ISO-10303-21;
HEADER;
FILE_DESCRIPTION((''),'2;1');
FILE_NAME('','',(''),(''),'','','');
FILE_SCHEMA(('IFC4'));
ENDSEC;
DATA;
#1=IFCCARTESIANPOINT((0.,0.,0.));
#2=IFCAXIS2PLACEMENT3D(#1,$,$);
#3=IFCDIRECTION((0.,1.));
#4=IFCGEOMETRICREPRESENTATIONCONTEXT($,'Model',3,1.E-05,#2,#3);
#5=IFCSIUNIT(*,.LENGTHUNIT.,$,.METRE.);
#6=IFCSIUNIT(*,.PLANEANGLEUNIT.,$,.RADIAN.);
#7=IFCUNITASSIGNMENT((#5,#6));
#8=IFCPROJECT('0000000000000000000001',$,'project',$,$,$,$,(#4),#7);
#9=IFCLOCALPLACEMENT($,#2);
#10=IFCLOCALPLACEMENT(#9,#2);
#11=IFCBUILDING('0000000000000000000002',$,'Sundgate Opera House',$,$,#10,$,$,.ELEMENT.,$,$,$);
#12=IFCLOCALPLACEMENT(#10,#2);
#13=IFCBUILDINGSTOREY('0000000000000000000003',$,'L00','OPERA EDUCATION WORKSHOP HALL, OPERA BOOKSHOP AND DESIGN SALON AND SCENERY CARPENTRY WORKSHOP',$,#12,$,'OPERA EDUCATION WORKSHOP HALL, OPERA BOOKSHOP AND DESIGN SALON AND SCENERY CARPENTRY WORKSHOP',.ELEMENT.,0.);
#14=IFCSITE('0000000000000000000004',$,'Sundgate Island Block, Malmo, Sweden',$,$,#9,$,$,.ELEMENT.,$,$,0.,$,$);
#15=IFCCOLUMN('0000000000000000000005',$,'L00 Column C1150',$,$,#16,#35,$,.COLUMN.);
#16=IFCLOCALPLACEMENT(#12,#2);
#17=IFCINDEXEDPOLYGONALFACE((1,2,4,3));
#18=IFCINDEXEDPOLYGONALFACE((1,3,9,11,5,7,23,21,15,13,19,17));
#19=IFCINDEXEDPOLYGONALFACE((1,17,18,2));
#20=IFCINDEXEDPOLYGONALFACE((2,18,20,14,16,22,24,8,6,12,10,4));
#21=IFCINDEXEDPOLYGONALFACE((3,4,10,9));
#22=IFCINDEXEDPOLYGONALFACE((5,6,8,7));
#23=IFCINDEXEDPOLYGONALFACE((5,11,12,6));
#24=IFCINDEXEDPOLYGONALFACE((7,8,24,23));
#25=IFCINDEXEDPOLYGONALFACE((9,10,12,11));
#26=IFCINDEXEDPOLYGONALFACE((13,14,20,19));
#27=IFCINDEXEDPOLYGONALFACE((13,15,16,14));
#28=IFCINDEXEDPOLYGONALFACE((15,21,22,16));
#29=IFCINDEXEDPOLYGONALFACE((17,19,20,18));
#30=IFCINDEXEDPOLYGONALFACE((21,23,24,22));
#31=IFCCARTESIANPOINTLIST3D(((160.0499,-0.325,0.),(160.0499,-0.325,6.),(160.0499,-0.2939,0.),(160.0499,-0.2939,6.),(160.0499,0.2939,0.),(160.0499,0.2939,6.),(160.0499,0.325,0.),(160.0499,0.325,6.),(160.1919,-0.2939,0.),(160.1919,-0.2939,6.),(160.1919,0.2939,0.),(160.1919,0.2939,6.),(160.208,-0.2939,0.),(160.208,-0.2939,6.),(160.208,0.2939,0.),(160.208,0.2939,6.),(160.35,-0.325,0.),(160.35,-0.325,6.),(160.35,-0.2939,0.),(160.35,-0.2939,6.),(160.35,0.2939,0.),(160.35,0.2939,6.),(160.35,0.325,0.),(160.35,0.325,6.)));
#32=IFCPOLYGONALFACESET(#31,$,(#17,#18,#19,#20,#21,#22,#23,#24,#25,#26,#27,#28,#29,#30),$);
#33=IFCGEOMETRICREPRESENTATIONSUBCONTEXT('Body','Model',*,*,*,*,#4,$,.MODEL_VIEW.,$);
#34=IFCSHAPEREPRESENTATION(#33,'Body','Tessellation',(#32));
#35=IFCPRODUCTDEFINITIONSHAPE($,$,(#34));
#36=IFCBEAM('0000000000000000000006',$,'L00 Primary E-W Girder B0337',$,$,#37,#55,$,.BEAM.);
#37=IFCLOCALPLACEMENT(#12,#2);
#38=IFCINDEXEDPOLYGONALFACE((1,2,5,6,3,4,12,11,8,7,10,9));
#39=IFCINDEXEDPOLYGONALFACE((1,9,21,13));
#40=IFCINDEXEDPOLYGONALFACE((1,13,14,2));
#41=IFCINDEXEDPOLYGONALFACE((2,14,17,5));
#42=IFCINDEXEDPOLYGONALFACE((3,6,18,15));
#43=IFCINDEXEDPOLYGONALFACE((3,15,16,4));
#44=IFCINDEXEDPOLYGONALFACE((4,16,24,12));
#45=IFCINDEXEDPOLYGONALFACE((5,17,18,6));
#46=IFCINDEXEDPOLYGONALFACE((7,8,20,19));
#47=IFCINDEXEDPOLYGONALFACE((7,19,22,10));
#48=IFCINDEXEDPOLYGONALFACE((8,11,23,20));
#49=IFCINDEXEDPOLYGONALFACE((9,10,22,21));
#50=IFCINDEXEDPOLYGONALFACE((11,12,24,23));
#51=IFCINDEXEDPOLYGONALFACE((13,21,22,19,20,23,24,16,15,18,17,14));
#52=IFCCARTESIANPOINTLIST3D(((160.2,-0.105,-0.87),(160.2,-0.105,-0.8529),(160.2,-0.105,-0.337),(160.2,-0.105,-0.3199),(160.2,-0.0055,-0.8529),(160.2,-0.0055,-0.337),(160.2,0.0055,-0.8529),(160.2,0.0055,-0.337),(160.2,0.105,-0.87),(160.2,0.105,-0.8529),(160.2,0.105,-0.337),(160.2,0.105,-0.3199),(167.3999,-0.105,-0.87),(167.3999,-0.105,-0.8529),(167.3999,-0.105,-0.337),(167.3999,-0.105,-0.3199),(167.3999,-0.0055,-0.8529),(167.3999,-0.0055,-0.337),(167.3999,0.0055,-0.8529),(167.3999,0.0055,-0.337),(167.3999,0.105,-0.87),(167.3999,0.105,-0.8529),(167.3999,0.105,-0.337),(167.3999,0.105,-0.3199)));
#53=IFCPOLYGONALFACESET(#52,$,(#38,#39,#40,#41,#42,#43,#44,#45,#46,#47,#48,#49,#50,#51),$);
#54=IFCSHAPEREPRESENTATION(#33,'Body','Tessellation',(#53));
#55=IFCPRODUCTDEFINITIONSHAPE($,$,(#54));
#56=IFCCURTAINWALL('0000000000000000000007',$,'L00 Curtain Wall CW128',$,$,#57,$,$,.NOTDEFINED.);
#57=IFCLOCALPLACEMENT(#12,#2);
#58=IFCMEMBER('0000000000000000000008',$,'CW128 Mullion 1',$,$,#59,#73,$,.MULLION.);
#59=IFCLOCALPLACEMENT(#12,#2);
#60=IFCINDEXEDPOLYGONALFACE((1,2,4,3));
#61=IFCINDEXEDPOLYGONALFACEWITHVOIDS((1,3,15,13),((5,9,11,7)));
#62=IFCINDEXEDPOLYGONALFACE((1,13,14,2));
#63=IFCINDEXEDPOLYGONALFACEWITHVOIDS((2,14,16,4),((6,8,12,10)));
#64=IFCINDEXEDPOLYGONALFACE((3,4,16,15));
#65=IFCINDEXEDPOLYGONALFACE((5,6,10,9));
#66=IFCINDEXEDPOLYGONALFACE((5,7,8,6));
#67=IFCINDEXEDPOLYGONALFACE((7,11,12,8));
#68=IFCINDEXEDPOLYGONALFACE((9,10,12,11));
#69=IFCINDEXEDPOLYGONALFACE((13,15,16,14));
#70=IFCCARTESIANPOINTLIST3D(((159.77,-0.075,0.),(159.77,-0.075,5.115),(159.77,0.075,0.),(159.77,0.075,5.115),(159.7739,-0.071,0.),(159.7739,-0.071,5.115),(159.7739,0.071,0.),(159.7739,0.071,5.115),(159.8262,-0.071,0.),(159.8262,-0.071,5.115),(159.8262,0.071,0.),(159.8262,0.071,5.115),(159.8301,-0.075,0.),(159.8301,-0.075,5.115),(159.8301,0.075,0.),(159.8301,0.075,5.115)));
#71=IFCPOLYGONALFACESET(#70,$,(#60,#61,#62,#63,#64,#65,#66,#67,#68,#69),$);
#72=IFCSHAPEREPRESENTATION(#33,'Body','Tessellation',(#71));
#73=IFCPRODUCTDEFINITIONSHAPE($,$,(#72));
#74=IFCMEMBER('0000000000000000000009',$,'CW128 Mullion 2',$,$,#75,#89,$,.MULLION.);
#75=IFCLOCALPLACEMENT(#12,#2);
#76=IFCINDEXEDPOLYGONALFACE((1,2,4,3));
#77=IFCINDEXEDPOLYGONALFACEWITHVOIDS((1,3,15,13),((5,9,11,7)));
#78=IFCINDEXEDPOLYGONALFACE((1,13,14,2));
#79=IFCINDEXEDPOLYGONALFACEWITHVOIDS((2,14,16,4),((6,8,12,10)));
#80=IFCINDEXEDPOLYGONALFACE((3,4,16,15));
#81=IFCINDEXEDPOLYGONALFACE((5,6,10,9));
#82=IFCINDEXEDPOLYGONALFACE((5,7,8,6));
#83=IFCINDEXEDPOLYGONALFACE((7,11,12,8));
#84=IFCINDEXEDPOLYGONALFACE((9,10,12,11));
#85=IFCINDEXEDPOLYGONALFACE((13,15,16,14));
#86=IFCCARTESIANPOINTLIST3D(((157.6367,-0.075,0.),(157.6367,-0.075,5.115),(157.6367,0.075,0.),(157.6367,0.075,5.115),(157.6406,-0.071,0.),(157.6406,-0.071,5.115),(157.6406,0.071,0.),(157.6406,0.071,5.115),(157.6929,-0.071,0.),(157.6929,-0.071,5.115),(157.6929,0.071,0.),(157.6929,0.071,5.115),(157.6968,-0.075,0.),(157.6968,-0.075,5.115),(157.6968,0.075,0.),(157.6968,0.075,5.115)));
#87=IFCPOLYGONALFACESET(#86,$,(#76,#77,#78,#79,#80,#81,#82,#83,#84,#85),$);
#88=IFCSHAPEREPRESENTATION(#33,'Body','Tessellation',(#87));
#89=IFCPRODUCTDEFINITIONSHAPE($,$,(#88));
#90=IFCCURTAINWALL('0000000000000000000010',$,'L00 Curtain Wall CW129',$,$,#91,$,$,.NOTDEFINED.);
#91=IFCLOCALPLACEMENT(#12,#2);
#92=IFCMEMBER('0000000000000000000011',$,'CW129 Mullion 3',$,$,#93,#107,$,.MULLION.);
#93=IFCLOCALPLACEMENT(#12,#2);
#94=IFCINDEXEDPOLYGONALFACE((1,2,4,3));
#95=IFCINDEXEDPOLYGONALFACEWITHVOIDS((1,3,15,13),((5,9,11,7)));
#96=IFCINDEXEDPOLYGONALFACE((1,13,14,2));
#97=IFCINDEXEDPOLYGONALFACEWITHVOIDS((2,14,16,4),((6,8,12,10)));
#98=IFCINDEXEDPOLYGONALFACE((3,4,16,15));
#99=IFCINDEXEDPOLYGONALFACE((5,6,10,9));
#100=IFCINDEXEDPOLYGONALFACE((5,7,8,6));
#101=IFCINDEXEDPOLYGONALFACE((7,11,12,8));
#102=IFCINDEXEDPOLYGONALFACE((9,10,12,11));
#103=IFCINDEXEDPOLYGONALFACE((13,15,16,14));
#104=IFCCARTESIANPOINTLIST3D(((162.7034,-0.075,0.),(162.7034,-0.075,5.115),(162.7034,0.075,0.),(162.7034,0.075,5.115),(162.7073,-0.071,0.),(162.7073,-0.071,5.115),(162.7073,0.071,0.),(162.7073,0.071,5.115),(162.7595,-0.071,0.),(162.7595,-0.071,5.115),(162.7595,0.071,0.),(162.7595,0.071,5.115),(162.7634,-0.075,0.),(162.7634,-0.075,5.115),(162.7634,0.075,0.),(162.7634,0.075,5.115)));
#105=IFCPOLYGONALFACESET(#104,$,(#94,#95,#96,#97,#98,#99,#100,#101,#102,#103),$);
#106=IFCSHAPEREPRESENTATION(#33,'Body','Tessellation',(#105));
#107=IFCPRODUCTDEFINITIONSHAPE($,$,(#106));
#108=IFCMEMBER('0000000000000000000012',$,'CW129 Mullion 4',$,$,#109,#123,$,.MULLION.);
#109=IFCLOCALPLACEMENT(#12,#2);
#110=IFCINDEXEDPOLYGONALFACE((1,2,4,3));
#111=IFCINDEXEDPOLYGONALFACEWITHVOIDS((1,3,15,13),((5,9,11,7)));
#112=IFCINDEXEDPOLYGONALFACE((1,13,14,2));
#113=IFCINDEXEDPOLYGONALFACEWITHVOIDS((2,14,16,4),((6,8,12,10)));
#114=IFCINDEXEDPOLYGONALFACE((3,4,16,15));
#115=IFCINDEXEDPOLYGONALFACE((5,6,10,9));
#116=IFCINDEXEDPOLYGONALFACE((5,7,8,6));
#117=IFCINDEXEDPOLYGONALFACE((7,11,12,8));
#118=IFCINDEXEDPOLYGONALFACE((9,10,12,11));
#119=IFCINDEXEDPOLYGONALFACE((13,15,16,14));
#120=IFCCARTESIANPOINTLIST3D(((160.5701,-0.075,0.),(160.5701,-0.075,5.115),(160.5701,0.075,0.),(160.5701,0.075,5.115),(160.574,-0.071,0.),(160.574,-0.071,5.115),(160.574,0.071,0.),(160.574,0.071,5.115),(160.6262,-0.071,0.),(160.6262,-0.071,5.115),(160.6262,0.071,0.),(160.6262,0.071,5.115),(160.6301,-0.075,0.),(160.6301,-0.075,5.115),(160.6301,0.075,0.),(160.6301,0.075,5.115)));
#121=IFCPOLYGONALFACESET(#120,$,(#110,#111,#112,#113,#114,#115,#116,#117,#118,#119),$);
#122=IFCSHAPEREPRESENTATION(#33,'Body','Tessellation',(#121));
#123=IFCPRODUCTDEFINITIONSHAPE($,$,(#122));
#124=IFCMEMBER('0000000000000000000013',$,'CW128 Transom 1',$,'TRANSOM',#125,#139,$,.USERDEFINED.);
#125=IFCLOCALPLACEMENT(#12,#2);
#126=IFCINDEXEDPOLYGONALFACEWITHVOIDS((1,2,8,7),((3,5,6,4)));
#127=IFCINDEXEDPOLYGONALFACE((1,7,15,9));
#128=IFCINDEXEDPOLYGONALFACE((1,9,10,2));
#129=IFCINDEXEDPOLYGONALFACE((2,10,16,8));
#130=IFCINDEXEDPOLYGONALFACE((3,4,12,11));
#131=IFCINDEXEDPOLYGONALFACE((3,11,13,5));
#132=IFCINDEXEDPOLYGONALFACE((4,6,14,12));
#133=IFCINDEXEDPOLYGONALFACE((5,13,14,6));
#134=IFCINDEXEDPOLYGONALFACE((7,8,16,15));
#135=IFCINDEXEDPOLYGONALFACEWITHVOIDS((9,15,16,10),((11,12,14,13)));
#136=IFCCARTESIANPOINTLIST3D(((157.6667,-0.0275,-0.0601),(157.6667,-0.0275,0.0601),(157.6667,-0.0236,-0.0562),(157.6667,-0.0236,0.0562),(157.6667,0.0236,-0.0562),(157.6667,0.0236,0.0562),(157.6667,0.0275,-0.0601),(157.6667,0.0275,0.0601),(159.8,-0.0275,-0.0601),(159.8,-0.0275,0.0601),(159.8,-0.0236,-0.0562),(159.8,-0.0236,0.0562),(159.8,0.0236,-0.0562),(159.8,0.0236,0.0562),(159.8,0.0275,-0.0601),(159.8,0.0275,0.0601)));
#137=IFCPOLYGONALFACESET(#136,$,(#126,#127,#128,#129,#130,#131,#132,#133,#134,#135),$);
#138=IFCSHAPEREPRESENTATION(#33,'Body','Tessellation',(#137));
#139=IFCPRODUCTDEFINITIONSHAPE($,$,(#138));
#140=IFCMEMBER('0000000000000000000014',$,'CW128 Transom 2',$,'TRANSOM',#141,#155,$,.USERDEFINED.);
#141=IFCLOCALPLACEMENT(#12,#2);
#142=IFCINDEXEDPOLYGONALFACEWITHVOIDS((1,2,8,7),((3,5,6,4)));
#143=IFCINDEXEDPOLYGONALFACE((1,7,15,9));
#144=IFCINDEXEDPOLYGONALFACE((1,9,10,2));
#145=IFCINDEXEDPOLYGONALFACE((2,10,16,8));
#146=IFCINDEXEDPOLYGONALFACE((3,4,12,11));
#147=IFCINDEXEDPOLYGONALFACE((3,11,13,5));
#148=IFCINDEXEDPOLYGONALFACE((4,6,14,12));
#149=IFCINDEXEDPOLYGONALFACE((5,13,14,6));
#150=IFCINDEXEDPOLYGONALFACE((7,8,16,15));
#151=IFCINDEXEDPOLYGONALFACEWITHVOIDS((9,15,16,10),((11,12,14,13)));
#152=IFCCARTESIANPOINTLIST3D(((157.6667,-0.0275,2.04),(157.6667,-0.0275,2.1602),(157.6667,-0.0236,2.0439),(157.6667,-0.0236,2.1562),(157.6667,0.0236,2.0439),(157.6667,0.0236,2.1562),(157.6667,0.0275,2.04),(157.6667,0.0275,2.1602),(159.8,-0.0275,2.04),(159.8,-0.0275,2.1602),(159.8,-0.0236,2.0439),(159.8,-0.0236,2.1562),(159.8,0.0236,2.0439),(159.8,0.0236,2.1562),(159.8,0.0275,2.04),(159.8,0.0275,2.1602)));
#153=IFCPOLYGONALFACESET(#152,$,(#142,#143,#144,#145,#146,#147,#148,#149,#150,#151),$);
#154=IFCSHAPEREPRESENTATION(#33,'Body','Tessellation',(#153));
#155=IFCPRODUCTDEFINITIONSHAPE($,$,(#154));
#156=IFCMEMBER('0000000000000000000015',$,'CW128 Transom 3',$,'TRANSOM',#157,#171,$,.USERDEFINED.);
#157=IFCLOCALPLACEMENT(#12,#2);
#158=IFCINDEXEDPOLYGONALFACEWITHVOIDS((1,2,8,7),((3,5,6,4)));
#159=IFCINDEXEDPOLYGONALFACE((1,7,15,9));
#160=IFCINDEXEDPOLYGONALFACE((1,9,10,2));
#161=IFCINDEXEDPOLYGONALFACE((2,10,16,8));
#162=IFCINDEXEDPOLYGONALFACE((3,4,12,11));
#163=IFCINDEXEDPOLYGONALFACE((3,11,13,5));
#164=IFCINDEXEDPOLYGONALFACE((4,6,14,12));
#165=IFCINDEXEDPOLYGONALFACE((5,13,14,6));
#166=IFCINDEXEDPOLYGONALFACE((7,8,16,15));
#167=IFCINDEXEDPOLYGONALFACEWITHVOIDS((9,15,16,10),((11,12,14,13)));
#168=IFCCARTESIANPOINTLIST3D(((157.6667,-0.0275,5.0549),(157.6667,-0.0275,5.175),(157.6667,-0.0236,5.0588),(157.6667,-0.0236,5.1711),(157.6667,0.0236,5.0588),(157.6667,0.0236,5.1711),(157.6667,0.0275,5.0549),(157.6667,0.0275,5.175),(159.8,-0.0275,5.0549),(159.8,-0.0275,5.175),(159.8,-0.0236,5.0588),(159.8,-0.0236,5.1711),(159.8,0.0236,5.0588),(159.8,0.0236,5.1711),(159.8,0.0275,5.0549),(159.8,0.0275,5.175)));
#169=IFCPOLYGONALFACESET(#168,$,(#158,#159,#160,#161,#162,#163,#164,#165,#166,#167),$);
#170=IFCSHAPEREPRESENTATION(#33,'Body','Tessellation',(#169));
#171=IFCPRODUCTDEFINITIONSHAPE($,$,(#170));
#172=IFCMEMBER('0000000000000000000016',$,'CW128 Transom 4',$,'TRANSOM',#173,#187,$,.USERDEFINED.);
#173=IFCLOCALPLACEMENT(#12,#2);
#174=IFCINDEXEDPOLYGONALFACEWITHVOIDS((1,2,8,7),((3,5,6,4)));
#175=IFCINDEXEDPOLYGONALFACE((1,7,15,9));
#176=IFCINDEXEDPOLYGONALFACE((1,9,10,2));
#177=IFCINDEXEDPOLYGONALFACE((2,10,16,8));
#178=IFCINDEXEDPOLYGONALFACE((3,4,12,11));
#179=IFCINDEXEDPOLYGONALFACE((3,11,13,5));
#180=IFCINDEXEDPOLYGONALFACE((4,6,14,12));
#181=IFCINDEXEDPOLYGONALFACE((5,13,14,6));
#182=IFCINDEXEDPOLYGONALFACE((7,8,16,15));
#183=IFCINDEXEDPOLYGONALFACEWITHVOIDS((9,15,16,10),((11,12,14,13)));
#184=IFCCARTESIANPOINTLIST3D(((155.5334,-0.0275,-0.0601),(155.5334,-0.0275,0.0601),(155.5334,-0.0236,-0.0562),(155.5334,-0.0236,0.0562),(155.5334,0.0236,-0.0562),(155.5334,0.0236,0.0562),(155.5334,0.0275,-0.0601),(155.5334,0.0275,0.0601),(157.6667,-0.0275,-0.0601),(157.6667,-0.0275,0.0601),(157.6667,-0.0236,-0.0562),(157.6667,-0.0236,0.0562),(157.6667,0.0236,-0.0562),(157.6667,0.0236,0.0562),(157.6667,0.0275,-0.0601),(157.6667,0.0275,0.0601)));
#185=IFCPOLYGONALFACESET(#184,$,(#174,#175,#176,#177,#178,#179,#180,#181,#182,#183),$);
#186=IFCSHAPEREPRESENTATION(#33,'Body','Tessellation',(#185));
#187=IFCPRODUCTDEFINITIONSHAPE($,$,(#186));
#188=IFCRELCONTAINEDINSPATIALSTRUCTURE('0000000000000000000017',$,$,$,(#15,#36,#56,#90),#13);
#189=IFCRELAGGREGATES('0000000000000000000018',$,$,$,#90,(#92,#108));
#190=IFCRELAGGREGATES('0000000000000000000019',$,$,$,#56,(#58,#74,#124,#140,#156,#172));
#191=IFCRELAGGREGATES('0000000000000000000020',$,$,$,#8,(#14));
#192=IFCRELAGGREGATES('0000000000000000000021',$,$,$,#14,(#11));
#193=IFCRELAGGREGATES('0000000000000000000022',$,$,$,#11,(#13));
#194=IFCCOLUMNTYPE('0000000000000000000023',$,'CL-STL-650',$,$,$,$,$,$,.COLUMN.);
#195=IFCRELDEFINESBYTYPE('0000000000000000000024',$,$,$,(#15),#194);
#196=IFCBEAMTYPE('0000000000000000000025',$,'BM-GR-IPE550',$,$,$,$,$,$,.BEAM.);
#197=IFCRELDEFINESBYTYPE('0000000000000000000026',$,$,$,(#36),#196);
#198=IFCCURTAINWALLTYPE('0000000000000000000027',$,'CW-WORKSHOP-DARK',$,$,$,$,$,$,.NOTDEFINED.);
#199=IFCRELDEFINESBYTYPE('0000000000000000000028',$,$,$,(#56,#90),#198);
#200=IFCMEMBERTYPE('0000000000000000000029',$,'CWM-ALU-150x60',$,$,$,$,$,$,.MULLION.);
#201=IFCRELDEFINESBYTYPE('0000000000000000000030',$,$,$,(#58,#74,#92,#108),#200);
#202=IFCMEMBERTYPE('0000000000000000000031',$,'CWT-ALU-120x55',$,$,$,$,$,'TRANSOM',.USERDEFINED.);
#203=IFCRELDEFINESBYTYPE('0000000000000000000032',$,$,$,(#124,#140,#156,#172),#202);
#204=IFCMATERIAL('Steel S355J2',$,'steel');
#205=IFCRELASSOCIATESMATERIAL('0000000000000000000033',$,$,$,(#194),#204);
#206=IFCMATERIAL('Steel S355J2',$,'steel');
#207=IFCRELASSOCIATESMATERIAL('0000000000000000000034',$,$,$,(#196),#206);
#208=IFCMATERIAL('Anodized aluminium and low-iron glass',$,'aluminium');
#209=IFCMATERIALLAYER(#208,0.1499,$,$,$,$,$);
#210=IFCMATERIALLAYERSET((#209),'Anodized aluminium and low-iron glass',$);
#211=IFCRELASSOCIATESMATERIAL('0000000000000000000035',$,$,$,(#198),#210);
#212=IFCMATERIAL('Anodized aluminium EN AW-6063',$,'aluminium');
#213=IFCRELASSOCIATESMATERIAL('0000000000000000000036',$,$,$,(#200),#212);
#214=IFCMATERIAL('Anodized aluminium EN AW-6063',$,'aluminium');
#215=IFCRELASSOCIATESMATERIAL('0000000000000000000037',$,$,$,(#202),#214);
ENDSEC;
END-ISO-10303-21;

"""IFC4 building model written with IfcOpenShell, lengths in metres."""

from ifc_helpers import new_model, si_unit, direction, frame, origin, origin_2d, place, context, subcontext, project, spatial, hollow_rectangle, i_section, extrude, material, layer, layer_set, material_profile, profile_set, type_object, element, aggregate, save


model = new_model("IFC4")

# Units and contexts
model_context = context("Model", 3, precision=1e-05, world=origin(), true_north=direction((0.0, 1.0)))
body_context = subcontext(model_context, "Body", "Model", "MODEL_VIEW")
ifc_project = project(units=[si_unit("LENGTHUNIT", "METRE"), si_unit("PLANEANGLEUNIT", "RADIAN")], contexts=[model_context])

# Site, building, storey
site_placement = place(None, origin())
site = spatial("IfcSite", under=ifc_project, at=site_placement, Name="Sundgate Island Block, Malmo, Sweden", CompositionType="ELEMENT", RefElevation=0.0)
building_placement = place(site_placement, origin())
building = spatial("IfcBuilding", under=site, at=building_placement, Name="Sundgate Opera House", CompositionType="ELEMENT")
storey_placement = place(building_placement, origin())
storey = spatial("IfcBuildingStorey", under=building, at=storey_placement, Name="L00", Description="OPERA EDUCATION WORKSHOP HALL, OPERA BOOKSHOP AND DESIGN SALON AND SCENERY CARPENTRY WORKSHOP", LongName="OPERA EDUCATION WORKSHOP HALL, OPERA BOOKSHOP AND DESIGN SALON AND SCENERY CARPENTRY WORKSHOP", CompositionType="ELEMENT", Elevation=0.0)

# Column
ifc_material_1 = material(Name="Steel S355J2", Category="steel")
ifc_material_profile_1 = material_profile(ifc_material_1, i_section(OverallWidth=0.3, OverallDepth=0.6499, WebThickness=0.0161, FlangeThickness=0.031, at=origin_2d()), Name="HEB 650")
ifc_profile_set_1 = profile_set([ifc_material_profile_1], Name="Steel S355J2")
column_type = type_object("IfcColumnType", Name="CL-STL-650", PredefinedType="COLUMN", material=ifc_profile_set_1)
column_placement = place(storey_placement, frame((160.2, 0.0, 0.0), z_axis=(0.0, 0.0, 1.0), x_axis=(1.0, 0.0, 0.0)))
element("IfcColumn", 1, at=column_placement, inside=storey, type_object=column_type, Name="L00 Column C1150", PredefinedType="COLUMN", context=body_context, shape_type="SweptSolid", body=[
    extrude(i_section(OverallWidth=0.3, OverallDepth=0.6499, WebThickness=0.0161, FlangeThickness=0.031, at=origin_2d()), origin(), (0.0, 0.0, 1.0), 6.0),
])

# Beam
ifc_material_2 = material(Name="Steel S355J2", Category="steel")
ifc_material_profile_2 = material_profile(ifc_material_2, i_section(OverallWidth=0.21, OverallDepth=0.55, WebThickness=0.011, FlangeThickness=0.0171, at=origin_2d()), Name="IPE 550")
ifc_profile_set_2 = profile_set([ifc_material_profile_2], Name="Steel S355J2")
beam_type = type_object("IfcBeamType", Name="BM-GR-IPE550", PredefinedType="BEAM", material=ifc_profile_set_2)
beam_placement = place(storey_placement, frame((160.2, 0.0, -0.595), z_axis=(1.0, 0.0, 0.0), x_axis=(0.0, 1.0, 0.0)))
element("IfcBeam", 2, at=beam_placement, inside=storey, type_object=beam_type, Name="L00 Primary E-W Girder B0337", PredefinedType="BEAM", context=body_context, shape_type="SweptSolid", body=[
    extrude(i_section(OverallWidth=0.21, OverallDepth=0.55, WebThickness=0.011, FlangeThickness=0.0171, at=origin_2d()), origin(), (0.0, 0.0, 1.0), 7.2),
])

# Curtain walls, members
ifc_material_3 = material(Name="Anodized aluminium and low-iron glass", Category="aluminium")
ifc_layer_1 = layer(ifc_material_3, 0.1499)
ifc_layer_set_1 = layer_set([ifc_layer_1], Name="Anodized aluminium and low-iron glass")
curtain_wall_type = type_object("IfcCurtainWallType", Name="CW-WORKSHOP-DARK", PredefinedType="NOTDEFINED", material=ifc_layer_set_1)
curtain_wall_1_placement = place(storey_placement, origin())
curtain_wall_1 = element("IfcCurtainWall", 3, at=curtain_wall_1_placement, inside=storey, type_object=curtain_wall_type, Name="L00 Curtain Wall CW128", PredefinedType="NOTDEFINED")
ifc_material_4 = material(Name="Anodized aluminium EN AW-6063", Category="aluminium")
ifc_material_profile_3 = material_profile(ifc_material_4, hollow_rectangle(XDim=0.0601, YDim=0.1499, WallThickness=0.0039, at=origin_2d()), Name="CWM 150x60x4")
ifc_profile_set_3 = profile_set([ifc_material_profile_3], Name="Anodized aluminium EN AW-6063")
member_type_1 = type_object("IfcMemberType", Name="CWM-ALU-150x60", PredefinedType="MULLION", material=ifc_profile_set_3)
member_1_placement = place(storey_placement, frame((159.8, 0.0, 0.0), z_axis=(0.0, 0.0, 1.0), x_axis=(1.0, 0.0, 0.0)))
member_1 = element("IfcMember", 4, at=member_1_placement, type_object=member_type_1, Name="CW128 Mullion 1", PredefinedType="MULLION", context=body_context, shape_type="SweptSolid", body=[
    extrude(hollow_rectangle(XDim=0.0601, YDim=0.1499, WallThickness=0.0039, at=origin_2d()), origin(), (0.0, 0.0, 1.0), 5.115),
])
member_2_placement = place(storey_placement, frame((157.6667, 0.0, 0.0), z_axis=(0.0, 0.0, 1.0), x_axis=(1.0, 0.0, 0.0)))
member_2 = element("IfcMember", 5, at=member_2_placement, type_object=member_type_1, Name="CW128 Mullion 2", PredefinedType="MULLION", context=body_context, shape_type="SweptSolid", body=[
    extrude(hollow_rectangle(XDim=0.0601, YDim=0.1499, WallThickness=0.0039, at=origin_2d()), origin(), (0.0, 0.0, 1.0), 5.115),
])
curtain_wall_2_placement = place(storey_placement, origin())
curtain_wall_2 = element("IfcCurtainWall", 6, at=curtain_wall_2_placement, inside=storey, type_object=curtain_wall_type, Name="L00 Curtain Wall CW129", PredefinedType="NOTDEFINED")
member_3_placement = place(storey_placement, frame((162.7334, 0.0, 0.0), z_axis=(0.0, 0.0, 1.0), x_axis=(1.0, 0.0, 0.0)))
member_3 = element("IfcMember", 7, at=member_3_placement, type_object=member_type_1, Name="CW129 Mullion 3", PredefinedType="MULLION", context=body_context, shape_type="SweptSolid", body=[
    extrude(hollow_rectangle(XDim=0.0601, YDim=0.1499, WallThickness=0.0039, at=origin_2d()), origin(), (0.0, 0.0, 1.0), 5.115),
])
member_4_placement = place(storey_placement, frame((160.6001, 0.0, 0.0), z_axis=(0.0, 0.0, 1.0), x_axis=(1.0, 0.0, 0.0)))
member_4 = element("IfcMember", 8, at=member_4_placement, type_object=member_type_1, Name="CW129 Mullion 4", PredefinedType="MULLION", context=body_context, shape_type="SweptSolid", body=[
    extrude(hollow_rectangle(XDim=0.0601, YDim=0.1499, WallThickness=0.0039, at=origin_2d()), origin(), (0.0, 0.0, 1.0), 5.115),
])

# Members
ifc_material_5 = material(Name="Anodized aluminium EN AW-6063", Category="aluminium")
ifc_material_profile_4 = material_profile(ifc_material_5, hollow_rectangle(XDim=0.0549, YDim=0.1201, WallThickness=0.0039, at=origin_2d()), Name="CWT 120x55x4")
ifc_profile_set_4 = profile_set([ifc_material_profile_4], Name="Anodized aluminium EN AW-6063")
member_type_2 = type_object("IfcMemberType", Name="CWT-ALU-120x55", ElementType="TRANSOM", PredefinedType="USERDEFINED", material=ifc_profile_set_4)
member_5_placement = place(storey_placement, frame((159.8, 0.0, 0.0), z_axis=(-1.0, 0.0, 0.0), x_axis=(0.0, -1.0, 0.0)))
member_5 = element("IfcMember", 9, at=member_5_placement, type_object=member_type_2, Name="CW128 Transom 1", ObjectType="TRANSOM", PredefinedType="USERDEFINED", context=body_context, shape_type="SweptSolid", body=[
    extrude(hollow_rectangle(XDim=0.0549, YDim=0.1201, WallThickness=0.0039, at=origin_2d()), origin(), (0.0, 0.0, 1.0), 2.1333),
])
member_6_placement = place(storey_placement, frame((159.8, 0.0, 2.1001), z_axis=(-1.0, 0.0, 0.0), x_axis=(0.0, -1.0, 0.0)))
member_6 = element("IfcMember", 10, at=member_6_placement, type_object=member_type_2, Name="CW128 Transom 2", ObjectType="TRANSOM", PredefinedType="USERDEFINED", context=body_context, shape_type="SweptSolid", body=[
    extrude(hollow_rectangle(XDim=0.0549, YDim=0.1201, WallThickness=0.0039, at=origin_2d()), origin(), (0.0, 0.0, 1.0), 2.1333),
])
member_7_placement = place(storey_placement, frame((159.8, 0.0, 5.115), z_axis=(-1.0, 0.0, 0.0), x_axis=(0.0, -1.0, 0.0)))
member_7 = element("IfcMember", 11, at=member_7_placement, type_object=member_type_2, Name="CW128 Transom 3", ObjectType="TRANSOM", PredefinedType="USERDEFINED", context=body_context, shape_type="SweptSolid", body=[
    extrude(hollow_rectangle(XDim=0.0549, YDim=0.1201, WallThickness=0.0039, at=origin_2d()), origin(), (0.0, 0.0, 1.0), 2.1333),
])
member_8_placement = place(storey_placement, frame((157.6667, 0.0, 0.0), z_axis=(-1.0, 0.0, 0.0), x_axis=(0.0, -1.0, 0.0)))
member_8 = element("IfcMember", 12, at=member_8_placement, type_object=member_type_2, Name="CW128 Transom 4", ObjectType="TRANSOM", PredefinedType="USERDEFINED", context=body_context, shape_type="SweptSolid", body=[
    extrude(hollow_rectangle(XDim=0.0549, YDim=0.1201, WallThickness=0.0039, at=origin_2d()), origin(), (0.0, 0.0, 1.0), 2.1333),
])

aggregate(curtain_wall_2, [member_3, member_4])
aggregate(curtain_wall_1, [member_1, member_2, member_5, member_6, member_7, member_8])

save(model, "model.ifc")
